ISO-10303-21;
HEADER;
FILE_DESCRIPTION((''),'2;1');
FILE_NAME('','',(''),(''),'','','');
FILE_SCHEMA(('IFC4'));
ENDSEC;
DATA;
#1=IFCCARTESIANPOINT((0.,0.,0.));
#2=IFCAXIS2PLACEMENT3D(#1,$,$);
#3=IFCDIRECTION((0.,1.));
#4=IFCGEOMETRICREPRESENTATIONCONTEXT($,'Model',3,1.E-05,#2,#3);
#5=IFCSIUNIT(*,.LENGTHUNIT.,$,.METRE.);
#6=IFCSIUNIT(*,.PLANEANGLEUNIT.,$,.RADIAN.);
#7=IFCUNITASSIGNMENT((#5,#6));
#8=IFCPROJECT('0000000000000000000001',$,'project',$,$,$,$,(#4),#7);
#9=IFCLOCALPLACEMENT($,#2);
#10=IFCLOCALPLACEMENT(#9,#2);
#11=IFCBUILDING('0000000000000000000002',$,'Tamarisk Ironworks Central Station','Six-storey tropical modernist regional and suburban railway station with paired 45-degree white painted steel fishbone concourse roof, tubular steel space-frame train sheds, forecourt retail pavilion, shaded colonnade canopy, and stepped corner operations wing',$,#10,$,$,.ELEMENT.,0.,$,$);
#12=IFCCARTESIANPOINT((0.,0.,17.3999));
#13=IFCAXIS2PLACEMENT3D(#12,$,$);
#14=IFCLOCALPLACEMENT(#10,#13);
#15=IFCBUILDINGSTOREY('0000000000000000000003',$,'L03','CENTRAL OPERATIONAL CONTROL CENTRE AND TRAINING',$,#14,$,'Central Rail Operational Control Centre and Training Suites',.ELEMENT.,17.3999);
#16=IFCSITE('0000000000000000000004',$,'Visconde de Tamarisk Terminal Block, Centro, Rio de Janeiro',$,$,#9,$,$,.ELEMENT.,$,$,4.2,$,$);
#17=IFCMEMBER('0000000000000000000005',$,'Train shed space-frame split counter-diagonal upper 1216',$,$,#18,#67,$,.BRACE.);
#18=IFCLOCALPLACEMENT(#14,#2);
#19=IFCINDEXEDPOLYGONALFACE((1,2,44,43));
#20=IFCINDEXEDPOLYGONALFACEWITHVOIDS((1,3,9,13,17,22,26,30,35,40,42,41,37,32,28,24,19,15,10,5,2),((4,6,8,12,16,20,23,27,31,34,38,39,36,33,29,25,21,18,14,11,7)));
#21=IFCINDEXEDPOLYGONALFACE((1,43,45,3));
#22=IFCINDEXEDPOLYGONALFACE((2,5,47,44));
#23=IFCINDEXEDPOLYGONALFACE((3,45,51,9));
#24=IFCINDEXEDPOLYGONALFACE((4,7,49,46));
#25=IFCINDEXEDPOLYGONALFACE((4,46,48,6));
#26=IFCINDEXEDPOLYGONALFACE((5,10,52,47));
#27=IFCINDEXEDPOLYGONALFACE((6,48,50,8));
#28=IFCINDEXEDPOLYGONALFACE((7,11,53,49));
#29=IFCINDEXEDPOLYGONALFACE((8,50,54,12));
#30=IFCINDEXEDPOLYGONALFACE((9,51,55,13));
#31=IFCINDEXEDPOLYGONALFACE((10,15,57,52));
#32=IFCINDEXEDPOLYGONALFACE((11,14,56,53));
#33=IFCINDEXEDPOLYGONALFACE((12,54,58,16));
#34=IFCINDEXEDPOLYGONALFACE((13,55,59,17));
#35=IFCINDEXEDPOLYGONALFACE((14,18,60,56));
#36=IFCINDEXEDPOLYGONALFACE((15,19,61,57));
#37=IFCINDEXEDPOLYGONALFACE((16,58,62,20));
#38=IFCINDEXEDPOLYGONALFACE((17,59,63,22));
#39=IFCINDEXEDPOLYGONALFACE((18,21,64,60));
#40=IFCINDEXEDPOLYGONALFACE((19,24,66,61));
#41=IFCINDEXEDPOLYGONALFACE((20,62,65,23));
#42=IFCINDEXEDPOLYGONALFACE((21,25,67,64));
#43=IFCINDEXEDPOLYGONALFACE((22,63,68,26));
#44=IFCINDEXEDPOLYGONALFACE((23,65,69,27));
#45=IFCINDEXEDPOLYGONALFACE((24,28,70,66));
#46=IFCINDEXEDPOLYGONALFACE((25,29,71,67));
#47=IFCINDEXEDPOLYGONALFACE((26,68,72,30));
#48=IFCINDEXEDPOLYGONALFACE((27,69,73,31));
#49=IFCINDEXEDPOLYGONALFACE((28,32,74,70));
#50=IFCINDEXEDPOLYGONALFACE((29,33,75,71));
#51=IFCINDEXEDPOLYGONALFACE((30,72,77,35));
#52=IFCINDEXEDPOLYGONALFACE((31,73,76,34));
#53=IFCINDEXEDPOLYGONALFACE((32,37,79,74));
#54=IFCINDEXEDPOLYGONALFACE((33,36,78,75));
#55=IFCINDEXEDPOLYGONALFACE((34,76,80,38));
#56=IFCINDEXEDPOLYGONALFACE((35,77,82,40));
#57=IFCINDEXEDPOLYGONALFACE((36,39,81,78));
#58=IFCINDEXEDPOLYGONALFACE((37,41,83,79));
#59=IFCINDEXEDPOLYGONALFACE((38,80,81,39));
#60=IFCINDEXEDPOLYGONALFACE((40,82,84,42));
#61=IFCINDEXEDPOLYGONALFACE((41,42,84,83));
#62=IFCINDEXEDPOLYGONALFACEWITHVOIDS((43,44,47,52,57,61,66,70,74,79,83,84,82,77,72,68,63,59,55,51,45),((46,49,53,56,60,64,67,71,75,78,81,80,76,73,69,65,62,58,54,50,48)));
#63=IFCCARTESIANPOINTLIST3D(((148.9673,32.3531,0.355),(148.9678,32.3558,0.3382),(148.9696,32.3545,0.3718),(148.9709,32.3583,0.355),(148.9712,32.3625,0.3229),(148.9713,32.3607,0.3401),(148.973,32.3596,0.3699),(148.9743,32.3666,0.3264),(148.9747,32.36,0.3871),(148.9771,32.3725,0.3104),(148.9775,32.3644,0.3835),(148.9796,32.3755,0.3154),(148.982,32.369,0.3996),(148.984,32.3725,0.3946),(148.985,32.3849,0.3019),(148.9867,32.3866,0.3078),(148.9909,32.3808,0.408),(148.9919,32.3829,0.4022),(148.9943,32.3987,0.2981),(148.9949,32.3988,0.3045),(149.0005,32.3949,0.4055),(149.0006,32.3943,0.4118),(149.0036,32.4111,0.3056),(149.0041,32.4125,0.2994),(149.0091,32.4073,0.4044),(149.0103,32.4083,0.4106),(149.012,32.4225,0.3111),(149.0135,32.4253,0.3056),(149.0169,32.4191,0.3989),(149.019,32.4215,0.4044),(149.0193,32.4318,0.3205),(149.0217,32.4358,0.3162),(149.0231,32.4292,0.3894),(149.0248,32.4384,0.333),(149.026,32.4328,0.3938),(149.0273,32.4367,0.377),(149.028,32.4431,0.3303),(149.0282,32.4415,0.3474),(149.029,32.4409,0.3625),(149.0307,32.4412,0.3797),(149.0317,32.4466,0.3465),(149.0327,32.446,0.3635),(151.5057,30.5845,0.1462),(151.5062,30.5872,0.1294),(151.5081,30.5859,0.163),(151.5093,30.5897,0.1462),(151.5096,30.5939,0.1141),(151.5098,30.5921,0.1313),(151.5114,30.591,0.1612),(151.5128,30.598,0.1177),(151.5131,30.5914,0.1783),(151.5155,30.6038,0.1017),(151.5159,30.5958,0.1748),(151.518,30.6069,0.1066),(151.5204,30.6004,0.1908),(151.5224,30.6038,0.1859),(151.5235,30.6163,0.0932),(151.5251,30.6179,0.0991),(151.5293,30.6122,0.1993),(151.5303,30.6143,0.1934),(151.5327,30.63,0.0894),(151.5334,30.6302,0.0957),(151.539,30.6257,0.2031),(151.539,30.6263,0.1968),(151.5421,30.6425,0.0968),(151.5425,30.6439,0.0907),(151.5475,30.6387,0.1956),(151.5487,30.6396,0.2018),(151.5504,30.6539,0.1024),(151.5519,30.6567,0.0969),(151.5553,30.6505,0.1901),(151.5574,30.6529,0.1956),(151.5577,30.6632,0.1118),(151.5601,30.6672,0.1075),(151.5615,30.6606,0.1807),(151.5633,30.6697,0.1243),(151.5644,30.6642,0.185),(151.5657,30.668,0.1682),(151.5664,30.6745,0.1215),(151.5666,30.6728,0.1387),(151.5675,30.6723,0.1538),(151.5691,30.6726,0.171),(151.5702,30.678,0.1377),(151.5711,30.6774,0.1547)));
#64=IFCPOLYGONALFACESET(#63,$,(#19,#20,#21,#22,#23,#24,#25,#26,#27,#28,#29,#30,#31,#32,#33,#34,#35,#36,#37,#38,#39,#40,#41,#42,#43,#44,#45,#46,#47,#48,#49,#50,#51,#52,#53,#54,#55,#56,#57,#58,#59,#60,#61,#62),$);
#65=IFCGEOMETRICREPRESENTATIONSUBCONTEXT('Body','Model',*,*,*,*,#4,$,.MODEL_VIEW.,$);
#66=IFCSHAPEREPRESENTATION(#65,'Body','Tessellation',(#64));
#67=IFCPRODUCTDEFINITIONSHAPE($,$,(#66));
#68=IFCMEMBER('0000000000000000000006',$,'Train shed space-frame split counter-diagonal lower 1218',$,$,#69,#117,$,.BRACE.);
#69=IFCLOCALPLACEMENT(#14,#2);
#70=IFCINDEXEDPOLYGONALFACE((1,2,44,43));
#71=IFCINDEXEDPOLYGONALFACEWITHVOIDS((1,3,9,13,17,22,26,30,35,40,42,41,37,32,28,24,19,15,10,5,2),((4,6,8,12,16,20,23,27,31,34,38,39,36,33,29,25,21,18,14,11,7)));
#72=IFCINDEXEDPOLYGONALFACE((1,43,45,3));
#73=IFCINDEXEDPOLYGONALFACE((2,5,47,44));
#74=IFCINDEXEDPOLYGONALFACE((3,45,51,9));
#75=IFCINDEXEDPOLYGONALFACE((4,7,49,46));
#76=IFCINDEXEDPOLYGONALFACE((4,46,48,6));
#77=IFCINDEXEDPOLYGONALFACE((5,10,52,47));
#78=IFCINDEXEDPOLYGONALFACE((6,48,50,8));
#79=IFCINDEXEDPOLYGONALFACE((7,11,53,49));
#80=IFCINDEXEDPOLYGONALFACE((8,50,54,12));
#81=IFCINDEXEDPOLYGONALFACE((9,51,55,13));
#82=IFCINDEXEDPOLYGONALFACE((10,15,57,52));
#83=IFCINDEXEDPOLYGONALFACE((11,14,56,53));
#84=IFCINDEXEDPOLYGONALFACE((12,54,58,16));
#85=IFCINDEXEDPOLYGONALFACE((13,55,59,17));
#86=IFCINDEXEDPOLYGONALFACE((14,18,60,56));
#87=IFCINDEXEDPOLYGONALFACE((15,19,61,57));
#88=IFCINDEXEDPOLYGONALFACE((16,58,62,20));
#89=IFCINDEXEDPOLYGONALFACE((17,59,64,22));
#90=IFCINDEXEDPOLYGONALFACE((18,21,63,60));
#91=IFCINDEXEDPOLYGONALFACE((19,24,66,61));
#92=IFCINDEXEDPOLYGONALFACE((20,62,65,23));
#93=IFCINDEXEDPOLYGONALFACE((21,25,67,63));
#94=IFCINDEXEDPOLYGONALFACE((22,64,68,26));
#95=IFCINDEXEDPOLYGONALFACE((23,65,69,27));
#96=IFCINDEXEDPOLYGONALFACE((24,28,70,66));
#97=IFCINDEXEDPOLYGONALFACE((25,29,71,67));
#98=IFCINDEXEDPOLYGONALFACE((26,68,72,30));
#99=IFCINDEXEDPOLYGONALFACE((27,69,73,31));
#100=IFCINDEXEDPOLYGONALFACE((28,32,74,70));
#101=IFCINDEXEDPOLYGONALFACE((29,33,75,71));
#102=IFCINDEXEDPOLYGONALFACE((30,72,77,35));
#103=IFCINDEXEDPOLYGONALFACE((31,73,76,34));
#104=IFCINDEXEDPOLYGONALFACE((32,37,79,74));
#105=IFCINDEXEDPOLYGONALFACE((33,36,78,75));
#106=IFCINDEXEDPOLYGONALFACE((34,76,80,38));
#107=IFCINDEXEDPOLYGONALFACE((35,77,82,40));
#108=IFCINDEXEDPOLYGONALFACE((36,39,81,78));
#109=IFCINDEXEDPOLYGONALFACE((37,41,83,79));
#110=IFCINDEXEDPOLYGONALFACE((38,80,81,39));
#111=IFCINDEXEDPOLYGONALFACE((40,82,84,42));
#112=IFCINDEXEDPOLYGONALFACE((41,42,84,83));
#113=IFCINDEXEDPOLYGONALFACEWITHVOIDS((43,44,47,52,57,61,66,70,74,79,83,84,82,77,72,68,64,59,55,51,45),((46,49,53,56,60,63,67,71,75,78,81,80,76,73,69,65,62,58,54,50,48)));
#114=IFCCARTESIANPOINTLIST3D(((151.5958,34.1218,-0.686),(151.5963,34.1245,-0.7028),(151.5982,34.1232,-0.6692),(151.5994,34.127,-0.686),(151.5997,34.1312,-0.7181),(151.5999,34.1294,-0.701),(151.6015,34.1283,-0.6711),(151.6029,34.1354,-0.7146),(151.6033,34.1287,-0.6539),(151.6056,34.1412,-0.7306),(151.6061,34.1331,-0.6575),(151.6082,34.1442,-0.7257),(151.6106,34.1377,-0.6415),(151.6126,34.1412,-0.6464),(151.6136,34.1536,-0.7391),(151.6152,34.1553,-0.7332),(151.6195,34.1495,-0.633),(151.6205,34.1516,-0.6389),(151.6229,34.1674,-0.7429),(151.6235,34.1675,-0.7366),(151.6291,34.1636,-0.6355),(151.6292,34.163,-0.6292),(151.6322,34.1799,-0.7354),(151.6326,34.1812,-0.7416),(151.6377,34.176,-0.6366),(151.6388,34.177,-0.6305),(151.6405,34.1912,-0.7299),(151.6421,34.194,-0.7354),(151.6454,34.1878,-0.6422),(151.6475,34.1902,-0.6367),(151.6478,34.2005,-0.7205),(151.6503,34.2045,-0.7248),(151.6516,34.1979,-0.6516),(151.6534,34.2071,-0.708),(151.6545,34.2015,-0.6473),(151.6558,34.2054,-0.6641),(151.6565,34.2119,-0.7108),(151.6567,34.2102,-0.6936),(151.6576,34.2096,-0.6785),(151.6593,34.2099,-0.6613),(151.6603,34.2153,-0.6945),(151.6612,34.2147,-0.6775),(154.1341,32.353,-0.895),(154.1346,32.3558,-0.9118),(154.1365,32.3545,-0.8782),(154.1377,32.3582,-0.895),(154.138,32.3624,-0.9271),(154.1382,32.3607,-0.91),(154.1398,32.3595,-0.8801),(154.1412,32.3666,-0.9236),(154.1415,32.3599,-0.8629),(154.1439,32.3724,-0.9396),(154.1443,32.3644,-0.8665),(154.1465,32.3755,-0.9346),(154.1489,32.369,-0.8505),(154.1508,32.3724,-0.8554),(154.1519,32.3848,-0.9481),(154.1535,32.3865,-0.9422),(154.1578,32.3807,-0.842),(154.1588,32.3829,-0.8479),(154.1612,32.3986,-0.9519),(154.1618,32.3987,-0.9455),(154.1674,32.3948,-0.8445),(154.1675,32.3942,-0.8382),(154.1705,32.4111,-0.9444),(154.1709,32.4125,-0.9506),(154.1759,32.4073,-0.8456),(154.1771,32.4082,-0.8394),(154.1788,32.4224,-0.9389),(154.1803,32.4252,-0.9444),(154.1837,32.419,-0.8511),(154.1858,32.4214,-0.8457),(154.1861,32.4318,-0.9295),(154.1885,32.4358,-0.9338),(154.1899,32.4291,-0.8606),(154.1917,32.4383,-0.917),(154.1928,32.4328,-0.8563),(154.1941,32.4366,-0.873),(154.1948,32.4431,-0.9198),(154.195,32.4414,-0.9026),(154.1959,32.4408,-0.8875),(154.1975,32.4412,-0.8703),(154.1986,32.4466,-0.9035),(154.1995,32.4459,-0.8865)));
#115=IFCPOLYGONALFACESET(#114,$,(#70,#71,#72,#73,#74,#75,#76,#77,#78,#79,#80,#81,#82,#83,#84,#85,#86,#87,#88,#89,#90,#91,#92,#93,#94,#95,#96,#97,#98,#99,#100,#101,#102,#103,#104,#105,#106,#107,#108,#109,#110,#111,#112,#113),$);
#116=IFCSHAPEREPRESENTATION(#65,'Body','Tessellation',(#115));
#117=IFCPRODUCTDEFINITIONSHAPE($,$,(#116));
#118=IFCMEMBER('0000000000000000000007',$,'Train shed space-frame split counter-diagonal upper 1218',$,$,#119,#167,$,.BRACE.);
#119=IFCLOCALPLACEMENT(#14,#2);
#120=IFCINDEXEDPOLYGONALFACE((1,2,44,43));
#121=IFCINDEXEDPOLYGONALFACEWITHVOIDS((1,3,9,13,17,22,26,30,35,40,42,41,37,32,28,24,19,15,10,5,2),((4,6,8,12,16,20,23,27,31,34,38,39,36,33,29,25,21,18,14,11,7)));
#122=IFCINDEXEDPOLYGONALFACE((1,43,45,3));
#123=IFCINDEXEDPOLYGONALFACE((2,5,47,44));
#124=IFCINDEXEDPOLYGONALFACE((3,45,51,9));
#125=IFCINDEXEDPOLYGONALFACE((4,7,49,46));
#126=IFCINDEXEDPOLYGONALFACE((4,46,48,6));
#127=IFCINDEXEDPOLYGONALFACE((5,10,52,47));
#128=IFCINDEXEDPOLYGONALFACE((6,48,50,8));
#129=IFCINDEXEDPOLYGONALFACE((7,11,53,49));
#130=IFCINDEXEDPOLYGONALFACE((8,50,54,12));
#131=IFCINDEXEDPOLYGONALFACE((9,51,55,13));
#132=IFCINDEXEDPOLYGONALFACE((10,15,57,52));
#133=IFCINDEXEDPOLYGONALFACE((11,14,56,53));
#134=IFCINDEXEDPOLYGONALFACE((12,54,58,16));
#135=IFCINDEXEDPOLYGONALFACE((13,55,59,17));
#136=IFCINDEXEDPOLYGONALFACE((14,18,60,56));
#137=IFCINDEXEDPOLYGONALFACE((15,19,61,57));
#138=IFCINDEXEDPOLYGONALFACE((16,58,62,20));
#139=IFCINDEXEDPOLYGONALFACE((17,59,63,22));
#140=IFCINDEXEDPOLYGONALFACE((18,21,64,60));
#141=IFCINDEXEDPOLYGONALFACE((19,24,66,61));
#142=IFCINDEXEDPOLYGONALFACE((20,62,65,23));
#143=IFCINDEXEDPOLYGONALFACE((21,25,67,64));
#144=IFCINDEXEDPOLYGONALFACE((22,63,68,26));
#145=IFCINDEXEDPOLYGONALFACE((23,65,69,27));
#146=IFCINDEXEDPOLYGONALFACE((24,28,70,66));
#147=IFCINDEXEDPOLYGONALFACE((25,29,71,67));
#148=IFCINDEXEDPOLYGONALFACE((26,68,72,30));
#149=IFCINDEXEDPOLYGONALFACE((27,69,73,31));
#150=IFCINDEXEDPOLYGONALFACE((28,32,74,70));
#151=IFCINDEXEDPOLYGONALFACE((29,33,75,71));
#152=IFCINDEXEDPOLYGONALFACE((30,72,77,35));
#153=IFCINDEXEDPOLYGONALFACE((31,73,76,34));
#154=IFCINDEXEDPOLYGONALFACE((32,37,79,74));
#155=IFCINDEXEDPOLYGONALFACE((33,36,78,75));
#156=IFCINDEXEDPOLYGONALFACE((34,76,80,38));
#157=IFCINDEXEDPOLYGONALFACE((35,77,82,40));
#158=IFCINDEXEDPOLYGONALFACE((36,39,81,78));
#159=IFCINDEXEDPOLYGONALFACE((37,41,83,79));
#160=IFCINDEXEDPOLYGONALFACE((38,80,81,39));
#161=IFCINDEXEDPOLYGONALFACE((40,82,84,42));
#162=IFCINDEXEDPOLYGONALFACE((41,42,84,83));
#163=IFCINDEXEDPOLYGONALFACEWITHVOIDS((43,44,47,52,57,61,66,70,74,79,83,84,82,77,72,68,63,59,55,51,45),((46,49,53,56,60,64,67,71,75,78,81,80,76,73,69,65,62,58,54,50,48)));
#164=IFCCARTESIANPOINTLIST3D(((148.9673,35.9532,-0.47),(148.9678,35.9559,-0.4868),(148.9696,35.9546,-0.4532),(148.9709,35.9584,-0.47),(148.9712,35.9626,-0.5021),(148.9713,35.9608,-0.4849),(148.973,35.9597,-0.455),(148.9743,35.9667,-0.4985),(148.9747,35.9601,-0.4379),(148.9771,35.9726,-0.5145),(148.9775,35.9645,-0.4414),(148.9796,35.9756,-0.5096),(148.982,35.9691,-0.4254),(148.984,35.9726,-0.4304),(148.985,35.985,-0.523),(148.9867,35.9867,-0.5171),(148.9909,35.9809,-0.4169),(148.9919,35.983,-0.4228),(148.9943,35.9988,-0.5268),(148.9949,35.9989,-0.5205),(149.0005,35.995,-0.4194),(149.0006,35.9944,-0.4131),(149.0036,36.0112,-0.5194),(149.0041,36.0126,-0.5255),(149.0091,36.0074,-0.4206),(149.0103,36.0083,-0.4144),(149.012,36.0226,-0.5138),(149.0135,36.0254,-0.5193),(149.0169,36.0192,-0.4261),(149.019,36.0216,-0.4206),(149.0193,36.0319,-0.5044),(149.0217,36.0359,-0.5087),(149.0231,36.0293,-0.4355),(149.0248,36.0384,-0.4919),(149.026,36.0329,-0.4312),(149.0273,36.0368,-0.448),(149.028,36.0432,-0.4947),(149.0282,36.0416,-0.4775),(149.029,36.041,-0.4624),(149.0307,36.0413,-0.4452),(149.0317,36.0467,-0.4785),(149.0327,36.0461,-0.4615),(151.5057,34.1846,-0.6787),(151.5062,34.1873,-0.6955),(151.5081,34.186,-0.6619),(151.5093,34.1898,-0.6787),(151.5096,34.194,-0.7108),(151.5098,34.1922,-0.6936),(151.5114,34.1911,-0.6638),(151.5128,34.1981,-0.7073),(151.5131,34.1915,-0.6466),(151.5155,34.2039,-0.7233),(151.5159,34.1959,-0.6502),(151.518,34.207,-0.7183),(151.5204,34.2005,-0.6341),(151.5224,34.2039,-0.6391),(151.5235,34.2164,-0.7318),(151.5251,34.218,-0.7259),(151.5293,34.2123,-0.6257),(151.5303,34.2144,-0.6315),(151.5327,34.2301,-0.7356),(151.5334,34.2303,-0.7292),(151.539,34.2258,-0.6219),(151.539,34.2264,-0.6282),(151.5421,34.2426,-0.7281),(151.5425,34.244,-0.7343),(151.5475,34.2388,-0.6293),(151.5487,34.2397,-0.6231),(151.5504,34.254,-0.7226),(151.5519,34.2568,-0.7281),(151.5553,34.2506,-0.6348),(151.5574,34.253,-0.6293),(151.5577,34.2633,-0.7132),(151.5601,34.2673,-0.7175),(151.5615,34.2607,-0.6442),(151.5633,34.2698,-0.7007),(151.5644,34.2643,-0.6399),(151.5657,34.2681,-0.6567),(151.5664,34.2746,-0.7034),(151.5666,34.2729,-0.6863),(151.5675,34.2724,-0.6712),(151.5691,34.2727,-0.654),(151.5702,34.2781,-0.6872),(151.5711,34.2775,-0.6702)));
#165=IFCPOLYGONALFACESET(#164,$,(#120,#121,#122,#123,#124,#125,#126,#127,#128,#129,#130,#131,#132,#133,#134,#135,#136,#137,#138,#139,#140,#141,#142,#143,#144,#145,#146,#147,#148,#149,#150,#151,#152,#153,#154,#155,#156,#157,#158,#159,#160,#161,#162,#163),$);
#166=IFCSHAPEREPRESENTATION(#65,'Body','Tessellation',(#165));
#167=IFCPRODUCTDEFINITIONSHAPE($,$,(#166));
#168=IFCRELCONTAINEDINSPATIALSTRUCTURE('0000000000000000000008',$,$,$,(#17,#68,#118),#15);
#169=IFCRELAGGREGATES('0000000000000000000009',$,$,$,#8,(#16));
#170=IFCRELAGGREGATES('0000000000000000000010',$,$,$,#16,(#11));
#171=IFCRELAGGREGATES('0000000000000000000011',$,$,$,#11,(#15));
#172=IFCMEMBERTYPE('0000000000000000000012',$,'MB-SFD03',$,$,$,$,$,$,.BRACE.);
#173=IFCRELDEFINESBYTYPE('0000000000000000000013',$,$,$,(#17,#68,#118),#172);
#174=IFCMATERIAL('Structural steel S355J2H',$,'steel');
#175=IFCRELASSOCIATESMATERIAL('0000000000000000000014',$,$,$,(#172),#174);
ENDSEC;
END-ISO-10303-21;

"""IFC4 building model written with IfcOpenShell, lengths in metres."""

from ifc_helpers import new_model, si_unit, direction, frame, origin, origin_2d, place, context, subcontext, project, spatial, hollow_circle, extrude, material, material_profile, profile_set, type_object, element, save


model = new_model("IFC4")

# Units and contexts
model_context = context("Model", 3, precision=1e-05, world=origin(), true_north=direction((0.0, 1.0)))
body_context = subcontext(model_context, "Body", "Model", "MODEL_VIEW")
ifc_project = project(units=[si_unit("LENGTHUNIT", "METRE"), si_unit("PLANEANGLEUNIT", "RADIAN")], contexts=[model_context])

# Site, building, storey
site_placement = place(None, origin())
site = spatial("IfcSite", under=ifc_project, at=site_placement, Name="Visconde de Tamarisk Terminal Block, Centro, Rio de Janeiro", CompositionType="ELEMENT", RefElevation=4.2)
building_placement = place(site_placement, origin())
building = spatial("IfcBuilding", under=site, at=building_placement, Name="Tamarisk Ironworks Central Station", Description="Six-storey tropical modernist regional and suburban railway station with paired 45-degree white painted steel fishbone concourse roof, tubular steel space-frame train sheds, forecourt retail pavilion, shaded colonnade canopy, and stepped corner operations wing", CompositionType="ELEMENT", ElevationOfRefHeight=0.0)
storey_placement = place(building_placement, frame((0.0, 0.0, 17.3999)))
storey = spatial("IfcBuildingStorey", under=building, at=storey_placement, Name="L03", Description="CENTRAL OPERATIONAL CONTROL CENTRE AND TRAINING", LongName="Central Rail Operational Control Centre and Training Suites", CompositionType="ELEMENT", Elevation=17.3999)

# Members
ifc_material_1 = material(Name="Structural steel S355J2H", Category="steel")
ifc_material_profile_1 = material_profile(ifc_material_1, hollow_circle(Radius=0.0571, WallThickness=0.0063, at=origin_2d()), Name="CHS 114.3x6.3")
ifc_profile_set_1 = profile_set([ifc_material_profile_1], Name="Structural steel S355J2H")
member_type_1 = type_object("IfcMemberType", Name="MB-SFD03", PredefinedType="BRACE", material=ifc_profile_set_1)
for number, where, z_axis, x_axis, name in (
    (1, (151.5383, 30.6313, 0.1462), (-0.818625, 0.570369, 0.06732), (-0.571666, -0.820487, 0.0), "Train shed space-frame split counter-diagonal upper 1216"),
    (2, (154.1667, 32.3999, -0.895), (-0.818584, 0.570419, 0.067395), (-0.571719, -0.82045, 0.0), "Train shed space-frame split counter-diagonal lower 1218"),
    (3, (151.5383, 34.2314, -0.6787), (-0.818625, 0.570369, 0.06732), (-0.571666, -0.820487, 0.0), "Train shed space-frame split counter-diagonal upper 1218"),
):
    element("IfcMember", number, at=place(storey_placement, frame(where, z_axis=z_axis, x_axis=x_axis)), inside=storey, type_object=member_type_1, Name=name, PredefinedType="BRACE", context=body_context, shape_type="SweptSolid", body=[
        extrude(hollow_circle(Radius=0.0571, WallThickness=0.0063, at=origin_2d()), origin(), (0.0, 0.0, 1.0), 3.1008),
    ])

save(model, "model.ifc")
